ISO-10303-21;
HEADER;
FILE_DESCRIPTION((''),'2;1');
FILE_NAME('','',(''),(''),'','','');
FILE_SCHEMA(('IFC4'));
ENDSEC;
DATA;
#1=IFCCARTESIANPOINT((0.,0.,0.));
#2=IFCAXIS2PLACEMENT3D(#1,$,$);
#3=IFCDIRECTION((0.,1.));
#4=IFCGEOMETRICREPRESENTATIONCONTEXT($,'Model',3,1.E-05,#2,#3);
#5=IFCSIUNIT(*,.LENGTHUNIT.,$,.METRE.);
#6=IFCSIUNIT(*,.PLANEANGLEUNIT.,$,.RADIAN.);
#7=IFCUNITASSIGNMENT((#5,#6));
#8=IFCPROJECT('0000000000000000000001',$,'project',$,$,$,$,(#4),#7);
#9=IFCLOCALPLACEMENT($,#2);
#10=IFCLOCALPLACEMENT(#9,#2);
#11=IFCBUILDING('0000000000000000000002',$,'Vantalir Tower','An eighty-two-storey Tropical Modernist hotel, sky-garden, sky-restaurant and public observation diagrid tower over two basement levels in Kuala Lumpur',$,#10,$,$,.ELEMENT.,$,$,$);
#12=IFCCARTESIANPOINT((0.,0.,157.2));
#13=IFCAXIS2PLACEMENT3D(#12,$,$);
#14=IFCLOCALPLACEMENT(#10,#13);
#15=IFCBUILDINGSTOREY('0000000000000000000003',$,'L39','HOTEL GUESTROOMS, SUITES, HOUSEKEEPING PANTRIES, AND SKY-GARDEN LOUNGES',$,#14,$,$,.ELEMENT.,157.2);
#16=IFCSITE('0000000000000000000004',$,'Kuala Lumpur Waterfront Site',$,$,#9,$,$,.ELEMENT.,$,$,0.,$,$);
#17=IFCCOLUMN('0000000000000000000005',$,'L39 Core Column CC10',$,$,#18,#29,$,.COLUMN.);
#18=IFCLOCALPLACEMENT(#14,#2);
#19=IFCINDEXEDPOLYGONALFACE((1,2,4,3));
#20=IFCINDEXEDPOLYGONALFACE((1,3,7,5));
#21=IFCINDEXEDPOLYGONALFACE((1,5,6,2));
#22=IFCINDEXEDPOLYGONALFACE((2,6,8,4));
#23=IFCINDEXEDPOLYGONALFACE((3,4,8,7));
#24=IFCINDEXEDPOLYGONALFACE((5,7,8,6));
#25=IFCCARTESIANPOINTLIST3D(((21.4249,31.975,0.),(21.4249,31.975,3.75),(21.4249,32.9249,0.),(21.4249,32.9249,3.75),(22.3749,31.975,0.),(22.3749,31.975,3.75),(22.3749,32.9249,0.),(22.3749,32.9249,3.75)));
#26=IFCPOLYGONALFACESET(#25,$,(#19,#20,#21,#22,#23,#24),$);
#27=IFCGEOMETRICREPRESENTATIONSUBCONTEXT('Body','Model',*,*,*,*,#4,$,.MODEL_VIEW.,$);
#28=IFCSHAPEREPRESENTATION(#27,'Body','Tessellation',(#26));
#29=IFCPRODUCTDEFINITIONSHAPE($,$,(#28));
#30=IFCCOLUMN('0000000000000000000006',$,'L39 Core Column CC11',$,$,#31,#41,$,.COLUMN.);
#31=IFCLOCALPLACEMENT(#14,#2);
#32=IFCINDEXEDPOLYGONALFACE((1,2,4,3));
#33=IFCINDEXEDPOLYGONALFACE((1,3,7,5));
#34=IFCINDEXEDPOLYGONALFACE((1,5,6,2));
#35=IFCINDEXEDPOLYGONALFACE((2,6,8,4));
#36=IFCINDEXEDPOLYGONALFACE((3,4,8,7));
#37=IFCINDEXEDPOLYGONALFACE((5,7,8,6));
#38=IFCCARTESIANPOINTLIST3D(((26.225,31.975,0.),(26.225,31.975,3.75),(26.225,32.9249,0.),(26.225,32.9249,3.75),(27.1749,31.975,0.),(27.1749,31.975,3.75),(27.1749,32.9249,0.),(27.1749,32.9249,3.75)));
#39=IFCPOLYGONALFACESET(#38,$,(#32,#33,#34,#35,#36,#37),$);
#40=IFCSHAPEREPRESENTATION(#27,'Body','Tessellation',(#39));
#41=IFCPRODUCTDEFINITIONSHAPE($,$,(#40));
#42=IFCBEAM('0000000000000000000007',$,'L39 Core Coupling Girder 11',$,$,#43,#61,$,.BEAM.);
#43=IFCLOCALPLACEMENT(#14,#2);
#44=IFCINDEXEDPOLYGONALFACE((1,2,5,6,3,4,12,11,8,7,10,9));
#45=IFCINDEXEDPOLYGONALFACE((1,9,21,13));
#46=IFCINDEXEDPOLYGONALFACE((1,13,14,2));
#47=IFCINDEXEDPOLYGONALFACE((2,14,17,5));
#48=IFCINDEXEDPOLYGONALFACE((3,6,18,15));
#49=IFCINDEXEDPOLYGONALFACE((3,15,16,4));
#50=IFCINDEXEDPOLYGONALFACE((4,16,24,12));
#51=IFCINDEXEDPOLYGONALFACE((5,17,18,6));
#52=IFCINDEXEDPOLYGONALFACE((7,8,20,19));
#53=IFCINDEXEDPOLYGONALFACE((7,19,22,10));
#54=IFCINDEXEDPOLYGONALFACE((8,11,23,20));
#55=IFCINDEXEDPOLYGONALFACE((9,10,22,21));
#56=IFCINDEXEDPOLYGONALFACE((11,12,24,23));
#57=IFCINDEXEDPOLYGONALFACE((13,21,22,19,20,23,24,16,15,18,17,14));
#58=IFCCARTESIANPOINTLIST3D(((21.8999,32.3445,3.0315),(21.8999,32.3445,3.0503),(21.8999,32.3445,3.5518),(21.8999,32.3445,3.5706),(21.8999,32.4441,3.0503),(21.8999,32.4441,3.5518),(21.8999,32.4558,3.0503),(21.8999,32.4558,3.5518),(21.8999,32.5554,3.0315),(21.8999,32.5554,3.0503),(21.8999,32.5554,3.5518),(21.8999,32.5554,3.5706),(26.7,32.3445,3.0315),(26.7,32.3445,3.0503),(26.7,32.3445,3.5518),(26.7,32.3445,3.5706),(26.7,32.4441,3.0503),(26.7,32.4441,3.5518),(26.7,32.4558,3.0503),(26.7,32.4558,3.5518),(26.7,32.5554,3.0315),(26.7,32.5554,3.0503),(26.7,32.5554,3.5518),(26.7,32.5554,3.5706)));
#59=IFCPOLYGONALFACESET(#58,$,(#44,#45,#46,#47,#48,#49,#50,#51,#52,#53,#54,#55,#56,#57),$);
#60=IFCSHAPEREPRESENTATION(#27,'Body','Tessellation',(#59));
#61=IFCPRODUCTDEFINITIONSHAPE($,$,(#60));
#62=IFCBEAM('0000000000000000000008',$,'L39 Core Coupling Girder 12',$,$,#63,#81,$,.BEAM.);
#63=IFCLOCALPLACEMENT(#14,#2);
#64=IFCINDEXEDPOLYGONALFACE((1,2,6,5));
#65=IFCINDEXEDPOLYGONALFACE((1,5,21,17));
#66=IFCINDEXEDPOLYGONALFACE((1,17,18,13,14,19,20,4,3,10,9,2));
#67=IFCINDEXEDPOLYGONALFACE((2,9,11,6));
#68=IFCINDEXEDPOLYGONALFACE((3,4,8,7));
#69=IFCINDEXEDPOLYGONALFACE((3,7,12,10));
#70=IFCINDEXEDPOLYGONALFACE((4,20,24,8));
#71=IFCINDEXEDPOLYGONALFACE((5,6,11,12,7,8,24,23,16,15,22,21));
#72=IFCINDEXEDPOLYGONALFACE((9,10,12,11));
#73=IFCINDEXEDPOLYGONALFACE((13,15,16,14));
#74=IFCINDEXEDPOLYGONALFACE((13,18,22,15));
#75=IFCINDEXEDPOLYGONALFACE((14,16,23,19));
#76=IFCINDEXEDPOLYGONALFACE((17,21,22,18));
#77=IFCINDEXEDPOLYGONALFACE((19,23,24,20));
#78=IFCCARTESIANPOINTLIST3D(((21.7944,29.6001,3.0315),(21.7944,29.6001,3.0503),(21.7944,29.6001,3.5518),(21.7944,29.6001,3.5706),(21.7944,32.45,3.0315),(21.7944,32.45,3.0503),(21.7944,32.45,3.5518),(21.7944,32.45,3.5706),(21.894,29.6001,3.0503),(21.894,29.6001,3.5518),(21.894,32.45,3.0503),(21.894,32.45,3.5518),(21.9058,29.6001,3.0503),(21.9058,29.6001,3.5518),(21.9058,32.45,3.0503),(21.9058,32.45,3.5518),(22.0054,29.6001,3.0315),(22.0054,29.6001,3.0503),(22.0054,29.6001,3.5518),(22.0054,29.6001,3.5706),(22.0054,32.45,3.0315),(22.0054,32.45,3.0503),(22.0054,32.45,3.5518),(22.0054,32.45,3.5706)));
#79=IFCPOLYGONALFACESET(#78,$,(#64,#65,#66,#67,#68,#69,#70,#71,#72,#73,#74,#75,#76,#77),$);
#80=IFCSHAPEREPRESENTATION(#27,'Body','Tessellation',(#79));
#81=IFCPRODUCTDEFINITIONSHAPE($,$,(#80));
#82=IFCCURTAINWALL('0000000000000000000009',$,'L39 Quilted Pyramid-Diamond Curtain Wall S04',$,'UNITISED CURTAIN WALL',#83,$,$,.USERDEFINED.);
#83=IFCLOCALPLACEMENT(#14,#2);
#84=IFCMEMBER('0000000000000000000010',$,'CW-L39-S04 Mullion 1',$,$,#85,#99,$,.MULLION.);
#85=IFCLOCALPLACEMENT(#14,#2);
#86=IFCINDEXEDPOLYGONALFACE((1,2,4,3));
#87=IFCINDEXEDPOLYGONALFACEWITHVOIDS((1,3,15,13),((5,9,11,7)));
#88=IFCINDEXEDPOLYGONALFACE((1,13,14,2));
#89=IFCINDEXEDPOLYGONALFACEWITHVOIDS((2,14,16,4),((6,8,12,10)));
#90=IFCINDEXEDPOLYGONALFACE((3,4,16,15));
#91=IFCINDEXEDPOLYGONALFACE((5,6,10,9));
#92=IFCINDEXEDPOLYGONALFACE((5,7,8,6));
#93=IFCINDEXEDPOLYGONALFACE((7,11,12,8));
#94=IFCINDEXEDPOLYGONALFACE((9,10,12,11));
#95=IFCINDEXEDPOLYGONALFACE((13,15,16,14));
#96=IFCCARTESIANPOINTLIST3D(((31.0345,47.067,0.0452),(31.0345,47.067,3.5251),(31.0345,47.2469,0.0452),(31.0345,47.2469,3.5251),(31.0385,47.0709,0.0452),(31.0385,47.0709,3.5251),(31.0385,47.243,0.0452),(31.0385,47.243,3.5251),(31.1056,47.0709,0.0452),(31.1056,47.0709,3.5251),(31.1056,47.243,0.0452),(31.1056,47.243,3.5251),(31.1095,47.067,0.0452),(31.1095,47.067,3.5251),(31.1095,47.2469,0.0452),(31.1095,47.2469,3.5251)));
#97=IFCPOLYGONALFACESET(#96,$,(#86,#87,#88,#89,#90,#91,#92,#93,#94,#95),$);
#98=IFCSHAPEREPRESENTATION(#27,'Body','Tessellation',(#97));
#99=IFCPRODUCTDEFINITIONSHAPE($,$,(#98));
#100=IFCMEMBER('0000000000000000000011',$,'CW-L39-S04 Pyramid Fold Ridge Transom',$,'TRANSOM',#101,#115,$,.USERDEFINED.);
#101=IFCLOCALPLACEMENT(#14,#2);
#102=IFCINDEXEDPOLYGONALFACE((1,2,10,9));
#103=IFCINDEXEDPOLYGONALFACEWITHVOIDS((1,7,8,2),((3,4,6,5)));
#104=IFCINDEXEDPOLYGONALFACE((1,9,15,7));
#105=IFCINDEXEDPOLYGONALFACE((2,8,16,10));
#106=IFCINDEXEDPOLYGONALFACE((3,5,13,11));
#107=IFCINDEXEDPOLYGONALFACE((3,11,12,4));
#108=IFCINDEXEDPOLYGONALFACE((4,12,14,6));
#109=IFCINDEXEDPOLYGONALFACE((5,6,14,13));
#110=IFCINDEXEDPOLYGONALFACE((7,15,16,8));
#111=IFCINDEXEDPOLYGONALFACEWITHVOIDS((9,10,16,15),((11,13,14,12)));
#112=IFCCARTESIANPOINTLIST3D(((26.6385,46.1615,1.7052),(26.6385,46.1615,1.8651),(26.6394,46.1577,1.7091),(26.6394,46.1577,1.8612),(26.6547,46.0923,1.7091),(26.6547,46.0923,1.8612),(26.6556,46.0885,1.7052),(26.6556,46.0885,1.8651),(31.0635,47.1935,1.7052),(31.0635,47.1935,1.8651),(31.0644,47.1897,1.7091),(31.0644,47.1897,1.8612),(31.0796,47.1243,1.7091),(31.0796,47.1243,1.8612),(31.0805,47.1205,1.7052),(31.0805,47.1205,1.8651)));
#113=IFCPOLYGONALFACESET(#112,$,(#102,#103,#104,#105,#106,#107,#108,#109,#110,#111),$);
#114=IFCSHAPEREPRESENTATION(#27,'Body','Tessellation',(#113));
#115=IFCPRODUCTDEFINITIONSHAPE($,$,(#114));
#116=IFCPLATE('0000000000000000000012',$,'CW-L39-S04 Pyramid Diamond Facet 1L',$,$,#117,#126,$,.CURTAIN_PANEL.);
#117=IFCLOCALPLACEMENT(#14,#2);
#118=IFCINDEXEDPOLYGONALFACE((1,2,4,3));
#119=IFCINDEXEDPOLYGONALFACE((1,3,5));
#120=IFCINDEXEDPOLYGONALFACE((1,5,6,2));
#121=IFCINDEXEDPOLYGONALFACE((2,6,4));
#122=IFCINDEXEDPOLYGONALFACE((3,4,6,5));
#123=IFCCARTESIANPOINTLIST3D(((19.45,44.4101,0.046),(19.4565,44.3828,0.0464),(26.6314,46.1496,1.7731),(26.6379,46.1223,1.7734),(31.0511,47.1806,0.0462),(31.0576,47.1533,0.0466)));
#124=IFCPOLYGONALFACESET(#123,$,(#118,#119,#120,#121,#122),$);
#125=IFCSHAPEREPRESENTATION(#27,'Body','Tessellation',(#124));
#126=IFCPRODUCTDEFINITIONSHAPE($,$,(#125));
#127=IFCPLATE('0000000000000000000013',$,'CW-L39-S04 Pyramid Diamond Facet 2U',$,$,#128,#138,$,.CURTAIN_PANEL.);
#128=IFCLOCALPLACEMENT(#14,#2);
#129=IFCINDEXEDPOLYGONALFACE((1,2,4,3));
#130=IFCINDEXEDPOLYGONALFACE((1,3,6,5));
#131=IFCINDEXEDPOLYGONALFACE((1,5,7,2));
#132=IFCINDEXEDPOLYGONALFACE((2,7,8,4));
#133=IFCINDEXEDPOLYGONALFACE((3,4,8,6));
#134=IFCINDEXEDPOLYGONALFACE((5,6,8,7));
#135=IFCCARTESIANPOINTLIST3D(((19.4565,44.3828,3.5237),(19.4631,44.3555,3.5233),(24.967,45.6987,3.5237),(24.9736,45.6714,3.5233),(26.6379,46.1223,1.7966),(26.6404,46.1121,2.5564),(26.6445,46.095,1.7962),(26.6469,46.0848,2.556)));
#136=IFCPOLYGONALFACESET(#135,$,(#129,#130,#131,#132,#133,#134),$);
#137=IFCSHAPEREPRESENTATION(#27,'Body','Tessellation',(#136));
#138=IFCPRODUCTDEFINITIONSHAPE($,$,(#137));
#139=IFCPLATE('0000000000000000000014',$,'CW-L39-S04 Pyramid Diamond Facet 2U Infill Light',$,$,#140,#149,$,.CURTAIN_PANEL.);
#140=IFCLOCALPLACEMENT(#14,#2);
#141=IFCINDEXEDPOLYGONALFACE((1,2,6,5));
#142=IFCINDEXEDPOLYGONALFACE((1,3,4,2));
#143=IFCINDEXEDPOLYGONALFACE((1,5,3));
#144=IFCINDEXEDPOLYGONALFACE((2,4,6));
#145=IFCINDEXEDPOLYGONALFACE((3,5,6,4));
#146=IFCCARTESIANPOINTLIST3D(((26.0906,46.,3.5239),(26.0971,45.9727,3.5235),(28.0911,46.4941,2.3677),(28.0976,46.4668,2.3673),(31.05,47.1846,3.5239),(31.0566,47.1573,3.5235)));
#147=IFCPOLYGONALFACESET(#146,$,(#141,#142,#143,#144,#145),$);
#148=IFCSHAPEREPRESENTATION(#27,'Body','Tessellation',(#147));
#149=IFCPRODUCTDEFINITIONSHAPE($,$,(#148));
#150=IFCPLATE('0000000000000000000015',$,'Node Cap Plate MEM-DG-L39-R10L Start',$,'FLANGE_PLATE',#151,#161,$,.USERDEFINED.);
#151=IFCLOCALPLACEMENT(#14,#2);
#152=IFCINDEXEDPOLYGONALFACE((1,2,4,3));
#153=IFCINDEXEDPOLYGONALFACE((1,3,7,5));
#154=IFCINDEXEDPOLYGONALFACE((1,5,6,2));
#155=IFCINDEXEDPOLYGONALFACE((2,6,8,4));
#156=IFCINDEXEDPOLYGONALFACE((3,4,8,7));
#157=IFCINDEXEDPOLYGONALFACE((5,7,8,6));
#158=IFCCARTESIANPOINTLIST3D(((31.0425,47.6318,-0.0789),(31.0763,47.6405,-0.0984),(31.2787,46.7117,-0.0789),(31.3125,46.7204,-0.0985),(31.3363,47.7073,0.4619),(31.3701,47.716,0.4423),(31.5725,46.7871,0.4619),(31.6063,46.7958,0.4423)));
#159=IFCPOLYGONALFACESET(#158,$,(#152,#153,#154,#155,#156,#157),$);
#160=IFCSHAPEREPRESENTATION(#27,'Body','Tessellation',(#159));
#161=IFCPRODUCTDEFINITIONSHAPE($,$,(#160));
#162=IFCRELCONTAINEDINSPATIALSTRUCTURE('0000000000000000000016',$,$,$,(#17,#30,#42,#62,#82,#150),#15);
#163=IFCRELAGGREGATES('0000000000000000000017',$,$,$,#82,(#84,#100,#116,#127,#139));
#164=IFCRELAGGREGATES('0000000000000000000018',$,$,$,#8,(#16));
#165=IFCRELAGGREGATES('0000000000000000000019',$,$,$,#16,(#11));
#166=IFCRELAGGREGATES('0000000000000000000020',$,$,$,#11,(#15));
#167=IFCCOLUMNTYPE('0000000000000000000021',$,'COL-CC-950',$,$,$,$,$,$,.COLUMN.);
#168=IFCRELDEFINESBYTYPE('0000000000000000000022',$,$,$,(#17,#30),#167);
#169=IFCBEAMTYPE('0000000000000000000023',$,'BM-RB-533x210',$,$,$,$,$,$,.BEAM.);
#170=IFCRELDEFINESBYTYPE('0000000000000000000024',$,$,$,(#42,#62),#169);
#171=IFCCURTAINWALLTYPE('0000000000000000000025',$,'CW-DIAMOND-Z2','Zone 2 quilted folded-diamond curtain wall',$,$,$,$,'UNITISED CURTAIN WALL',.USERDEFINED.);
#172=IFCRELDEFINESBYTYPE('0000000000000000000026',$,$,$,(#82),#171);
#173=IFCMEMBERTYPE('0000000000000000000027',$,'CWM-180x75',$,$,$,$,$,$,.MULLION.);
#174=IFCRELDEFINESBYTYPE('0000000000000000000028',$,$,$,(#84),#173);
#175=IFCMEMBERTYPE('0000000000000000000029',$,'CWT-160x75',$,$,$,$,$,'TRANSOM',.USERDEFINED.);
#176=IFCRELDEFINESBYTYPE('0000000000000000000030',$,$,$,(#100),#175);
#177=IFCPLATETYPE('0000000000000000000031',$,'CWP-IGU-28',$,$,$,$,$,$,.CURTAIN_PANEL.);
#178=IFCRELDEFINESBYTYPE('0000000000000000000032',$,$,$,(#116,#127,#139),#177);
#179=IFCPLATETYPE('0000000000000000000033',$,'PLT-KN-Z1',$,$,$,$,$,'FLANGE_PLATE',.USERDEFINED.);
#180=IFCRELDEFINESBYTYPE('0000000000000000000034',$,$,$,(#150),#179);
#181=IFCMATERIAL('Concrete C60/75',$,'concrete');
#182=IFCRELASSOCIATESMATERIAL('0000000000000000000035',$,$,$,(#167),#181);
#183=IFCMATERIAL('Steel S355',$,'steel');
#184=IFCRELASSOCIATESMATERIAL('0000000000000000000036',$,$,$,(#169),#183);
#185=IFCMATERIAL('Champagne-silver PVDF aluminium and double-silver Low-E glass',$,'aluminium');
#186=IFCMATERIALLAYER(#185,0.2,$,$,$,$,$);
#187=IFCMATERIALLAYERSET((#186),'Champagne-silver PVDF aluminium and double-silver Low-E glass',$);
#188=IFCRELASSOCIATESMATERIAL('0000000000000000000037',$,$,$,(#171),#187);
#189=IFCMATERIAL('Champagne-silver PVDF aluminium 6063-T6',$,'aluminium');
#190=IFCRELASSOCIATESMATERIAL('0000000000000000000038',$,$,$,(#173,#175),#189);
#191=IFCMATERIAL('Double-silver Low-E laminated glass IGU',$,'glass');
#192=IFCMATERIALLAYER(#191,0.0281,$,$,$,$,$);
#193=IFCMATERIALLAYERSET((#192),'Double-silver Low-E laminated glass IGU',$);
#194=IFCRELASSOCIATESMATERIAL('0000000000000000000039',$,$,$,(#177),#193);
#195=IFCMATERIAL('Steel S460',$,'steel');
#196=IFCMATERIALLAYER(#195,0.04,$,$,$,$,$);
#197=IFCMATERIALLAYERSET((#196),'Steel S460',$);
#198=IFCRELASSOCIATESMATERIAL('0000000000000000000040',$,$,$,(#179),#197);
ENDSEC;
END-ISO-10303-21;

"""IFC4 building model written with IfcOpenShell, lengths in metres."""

from ifc_helpers import new_model, si_unit, direction, frame, origin, origin_2d, place, context, subcontext, project, spatial, polyline, rectangle, hollow_rectangle, i_section, outline, extrude, material, layer, layer_set, material_profile, profile_set, type_object, element, aggregate, save


model = new_model("IFC4")

# Units and contexts
model_context = context("Model", 3, precision=1e-05, world=origin(), true_north=direction((0.0, 1.0)))
body_context = subcontext(model_context, "Body", "Model", "MODEL_VIEW")
ifc_project = project(units=[si_unit("LENGTHUNIT", "METRE"), si_unit("PLANEANGLEUNIT", "RADIAN")], contexts=[model_context])

# Site, building, storey
site_placement = place(None, origin())
site = spatial("IfcSite", under=ifc_project, at=site_placement, Name="Kuala Lumpur Waterfront Site", CompositionType="ELEMENT", RefElevation=0.0)
building_placement = place(site_placement, origin())
building = spatial("IfcBuilding", under=site, at=building_placement, Name="Vantalir Tower", Description="An eighty-two-storey Tropical Modernist hotel, sky-garden, sky-restaurant and public observation diagrid tower over two basement levels in Kuala Lumpur", CompositionType="ELEMENT")
storey_placement = place(building_placement, frame((0.0, 0.0, 157.2)))
storey = spatial("IfcBuildingStorey", under=building, at=storey_placement, Name="L39", Description="HOTEL GUESTROOMS, SUITES, HOUSEKEEPING PANTRIES, AND SKY-GARDEN LOUNGES", CompositionType="ELEMENT", Elevation=157.2)

# Columns
ifc_material_1 = material(Name="Concrete C60/75", Category="concrete")
ifc_material_profile_1 = material_profile(ifc_material_1, rectangle(XDim=0.95, YDim=0.95, at=origin_2d()), Name="Concrete C60/75")
ifc_profile_set_1 = profile_set([ifc_material_profile_1], Name="Concrete C60/75")
column_type = type_object("IfcColumnType", Name="COL-CC-950", PredefinedType="COLUMN", material=ifc_profile_set_1)
for number, where, z_axis, x_axis, name in (
    (1, (21.8999, 32.45, 0.0), (0.0, 0.0, 1.0), (1.0, 0.0, 0.0), "L39 Core Column CC10"),
    (2, (26.7, 32.45, 0.0), (0.0, 0.0, 1.0), (1.0, 0.0, 0.0), "L39 Core Column CC11"),
):
    element("IfcColumn", number, at=place(storey_placement, frame(where, z_axis=z_axis, x_axis=x_axis)), inside=storey, type_object=column_type, Name=name, PredefinedType="COLUMN", context=body_context, shape_type="SweptSolid", body=[
        extrude(rectangle(XDim=0.95, YDim=0.95, at=origin_2d()), origin(), (0.0, 0.0, 1.0), 3.75),
    ])

# Beams
ifc_material_2 = material(Name="Steel S355", Category="steel")
ifc_material_profile_2 = material_profile(ifc_material_2, i_section(OverallWidth=0.2109, OverallDepth=0.5391, WebThickness=0.0117, FlangeThickness=0.0188, at=origin_2d()), Name="Steel S355")
ifc_profile_set_2 = profile_set([ifc_material_profile_2], Name="Steel S355")
beam_type = type_object("IfcBeamType", Name="BM-RB-533x210", PredefinedType="BEAM", material=ifc_profile_set_2)
beam_1_placement = place(storey_placement, frame((26.7, 32.45, 3.301), z_axis=(-1.0, 0.0, 0.0), x_axis=(0.0, -1.0, 0.0)))
element("IfcBeam", 3, at=beam_1_placement, inside=storey, type_object=beam_type, Name="L39 Core Coupling Girder 11", PredefinedType="BEAM", context=body_context, shape_type="SweptSolid", body=[
    extrude(i_section(OverallWidth=0.2109, OverallDepth=0.5391, WebThickness=0.0117, FlangeThickness=0.0188, at=origin_2d()), origin(), (0.0, 0.0, 1.0), 4.8),
])
beam_2_placement = place(storey_placement, frame((21.8999, 32.45, 3.301), z_axis=(0.0, -1.0, 0.0), x_axis=(1.0, 0.0, 0.0)))
element("IfcBeam", 4, at=beam_2_placement, inside=storey, type_object=beam_type, Name="L39 Core Coupling Girder 12", PredefinedType="BEAM", context=body_context, shape_type="SweptSolid", body=[
    extrude(i_section(OverallWidth=0.2109, OverallDepth=0.5391, WebThickness=0.0117, FlangeThickness=0.0188, at=origin_2d()), origin(), (0.0, 0.0, 1.0), 2.8499),
])

# Curtain wall, members, plates
ifc_material_3 = material(Name="Champagne-silver PVDF aluminium and double-silver Low-E glass", Category="aluminium")
ifc_layer_1 = layer(ifc_material_3, 0.2)
ifc_layer_set_1 = layer_set([ifc_layer_1], Name="Champagne-silver PVDF aluminium and double-silver Low-E glass")
curtain_wall_type = type_object("IfcCurtainWallType", Name="CW-DIAMOND-Z2", Description="Zone 2 quilted folded-diamond curtain wall", ElementType="UNITISED CURTAIN WALL", PredefinedType="USERDEFINED", material=ifc_layer_set_1)
curtain_wall_placement = place(storey_placement, origin())
curtain_wall = element("IfcCurtainWall", 5, at=curtain_wall_placement, inside=storey, type_object=curtain_wall_type, Name="L39 Quilted Pyramid-Diamond Curtain Wall S04", ObjectType="UNITISED CURTAIN WALL", PredefinedType="USERDEFINED")
ifc_material_4 = material(Name="Champagne-silver PVDF aluminium 6063-T6", Category="aluminium")
ifc_material_profile_3 = material_profile(ifc_material_4, hollow_rectangle(XDim=0.075, YDim=0.1799, WallThickness=0.0039, at=origin_2d()), Name="Champagne-silver PVDF aluminium 6063-T6")
ifc_profile_set_3 = profile_set([ifc_material_profile_3], Name="Champagne-silver PVDF aluminium 6063-T6")
member_type_1 = type_object("IfcMemberType", Name="CWM-180x75", PredefinedType="MULLION", material=ifc_profile_set_3)
member_1_placement = place(storey_placement, frame((31.072, 47.157, 0.0452), z_axis=(0.0, 0.0, 1.0), x_axis=(1.0, 0.0, 0.0)))
member_1 = element("IfcMember", 6, at=member_1_placement, type_object=member_type_1, Name="CW-L39-S04 Mullion 1", PredefinedType="MULLION", context=body_context, shape_type="SweptSolid", body=[
    extrude(hollow_rectangle(XDim=0.075, YDim=0.1799, WallThickness=0.0039, at=origin_2d()), origin(), (0.0, 0.0, 1.0), 3.48),
])
ifc_material_profile_4 = material_profile(ifc_material_4, hollow_rectangle(XDim=0.075, YDim=0.1599, WallThickness=0.0039, at=origin_2d()), Name="Champagne-silver PVDF aluminium 6063-T6")
ifc_profile_set_4 = profile_set([ifc_material_profile_4], Name="Champagne-silver PVDF aluminium 6063-T6")
member_type_2 = type_object("IfcMemberType", Name="CWT-160x75", ElementType="TRANSOM", PredefinedType="USERDEFINED", material=ifc_profile_set_4)
member_2_placement = place(storey_placement, frame((31.072, 47.157, 1.7852), z_axis=(-0.973867, -0.227119, 0.0), x_axis=(0.227119, -0.973867, 0.0)))
member_2 = element("IfcMember", 7, at=member_2_placement, type_object=member_type_2, Name="CW-L39-S04 Pyramid Fold Ridge Transom", ObjectType="TRANSOM", PredefinedType="USERDEFINED", context=body_context, shape_type="SweptSolid", body=[
    extrude(hollow_rectangle(XDim=0.075, YDim=0.1599, WallThickness=0.0039, at=origin_2d()), origin(), (0.0, 0.0, 1.0), 4.5437),
])
ifc_material_5 = material(Name="Double-silver Low-E laminated glass IGU", Category="glass")
ifc_layer_2 = layer(ifc_material_5, 0.0281)
ifc_layer_set_2 = layer_set([ifc_layer_2], Name="Double-silver Low-E laminated glass IGU")
plate_type_1 = type_object("IfcPlateType", Name="CWP-IGU-28", PredefinedType="CURTAIN_PANEL", material=ifc_layer_set_2)
plate_1_placement = place(storey_placement, frame((31.0576, 47.1533, 0.0466), z_axis=(0.23226, -0.972556, 0.013786), x_axis=(-0.972648, -0.232283, -0.00002)))
plate_1 = element("IfcPlate", 8, at=plate_1_placement, type_object=plate_type_1, Name="CW-L39-S04 Pyramid Diamond Facet 1L", PredefinedType="CURTAIN_PANEL", context=body_context, shape_type="SweptSolid", body=[
    extrude(outline(polyline([(0.0, 0.0), (11.9273, 0.0), (4.5382, -1.7271), (0.0, 0.0)])), origin(), (0.0, 0.0, -1.0), 0.0281),
])
plate_2_placement = place(storey_placement, frame((24.967, 45.6987, 3.5237), z_axis=(-0.232245, 0.972559, 0.01384), x_axis=(-0.972652, -0.232267, 0.0)))
plate_2 = element("IfcPlate", 9, at=plate_2_placement, type_object=plate_type_1, Name="CW-L39-S04 Pyramid Diamond Facet 2U", PredefinedType="CURTAIN_PANEL", context=body_context, shape_type="SweptSolid", body=[
    extrude(outline(polyline([(0.0, 0.0), (5.6654, 0.0), (-1.7236, -1.7272), (-1.7236, -0.9674), (0.0, 0.0)])), origin(), (0.0, 0.0, -1.0), 0.0281),
])
plate_3_placement = place(storey_placement, frame((31.05, 47.1846, 3.5239), z_axis=(-0.232293, 0.972549, 0.01373), x_axis=(-0.972641, -0.232315, 0.0)))
plate_3 = element("IfcPlate", 10, at=plate_3_placement, type_object=plate_type_1, Name="CW-L39-S04 Pyramid Diamond Facet 2U Infill Light", PredefinedType="CURTAIN_PANEL", context=body_context, shape_type="SweptSolid", body=[
    extrude(outline(polyline([(0.0, 0.0), (5.099, 0.0), (3.0384, -1.1564), (0.0, 0.0)])), origin(), (0.0, 0.0, -1.0), 0.0281),
])
aggregate(curtain_wall, [member_1, member_2, plate_1, plate_2, plate_3])

# Plate
ifc_material_6 = material(Name="Steel S460", Category="steel")
ifc_layer_3 = layer(ifc_material_6, 0.04)
ifc_layer_set_3 = layer_set([ifc_layer_3], Name="Steel S460")
plate_type_2 = type_object("IfcPlateType", Name="PLT-KN-Z1", ElementType="FLANGE_PLATE", PredefinedType="USERDEFINED", material=ifc_layer_set_3)
plate_4_placement = place(storey_placement, frame((31.0425, 47.6318, -0.0789), z_axis=(-0.844759, -0.216849, 0.489243), x_axis=(0.248609, -0.968604, -0.000053)))
element("IfcPlate", 11, at=plate_4_placement, inside=storey, type_object=plate_type_2, Name="Node Cap Plate MEM-DG-L39-R10L Start", ObjectType="FLANGE_PLATE", PredefinedType="USERDEFINED", context=body_context, shape_type="SweptSolid", body=[
    extrude(outline(polyline([(0.0, 0.0), (0.95, 0.0), (0.9499, 0.6201), (-0.0001, 0.62), (0.0, 0.0)])), origin(), (0.0, 0.0, -1.0), 0.04),
])

save(model, "model.ifc")
